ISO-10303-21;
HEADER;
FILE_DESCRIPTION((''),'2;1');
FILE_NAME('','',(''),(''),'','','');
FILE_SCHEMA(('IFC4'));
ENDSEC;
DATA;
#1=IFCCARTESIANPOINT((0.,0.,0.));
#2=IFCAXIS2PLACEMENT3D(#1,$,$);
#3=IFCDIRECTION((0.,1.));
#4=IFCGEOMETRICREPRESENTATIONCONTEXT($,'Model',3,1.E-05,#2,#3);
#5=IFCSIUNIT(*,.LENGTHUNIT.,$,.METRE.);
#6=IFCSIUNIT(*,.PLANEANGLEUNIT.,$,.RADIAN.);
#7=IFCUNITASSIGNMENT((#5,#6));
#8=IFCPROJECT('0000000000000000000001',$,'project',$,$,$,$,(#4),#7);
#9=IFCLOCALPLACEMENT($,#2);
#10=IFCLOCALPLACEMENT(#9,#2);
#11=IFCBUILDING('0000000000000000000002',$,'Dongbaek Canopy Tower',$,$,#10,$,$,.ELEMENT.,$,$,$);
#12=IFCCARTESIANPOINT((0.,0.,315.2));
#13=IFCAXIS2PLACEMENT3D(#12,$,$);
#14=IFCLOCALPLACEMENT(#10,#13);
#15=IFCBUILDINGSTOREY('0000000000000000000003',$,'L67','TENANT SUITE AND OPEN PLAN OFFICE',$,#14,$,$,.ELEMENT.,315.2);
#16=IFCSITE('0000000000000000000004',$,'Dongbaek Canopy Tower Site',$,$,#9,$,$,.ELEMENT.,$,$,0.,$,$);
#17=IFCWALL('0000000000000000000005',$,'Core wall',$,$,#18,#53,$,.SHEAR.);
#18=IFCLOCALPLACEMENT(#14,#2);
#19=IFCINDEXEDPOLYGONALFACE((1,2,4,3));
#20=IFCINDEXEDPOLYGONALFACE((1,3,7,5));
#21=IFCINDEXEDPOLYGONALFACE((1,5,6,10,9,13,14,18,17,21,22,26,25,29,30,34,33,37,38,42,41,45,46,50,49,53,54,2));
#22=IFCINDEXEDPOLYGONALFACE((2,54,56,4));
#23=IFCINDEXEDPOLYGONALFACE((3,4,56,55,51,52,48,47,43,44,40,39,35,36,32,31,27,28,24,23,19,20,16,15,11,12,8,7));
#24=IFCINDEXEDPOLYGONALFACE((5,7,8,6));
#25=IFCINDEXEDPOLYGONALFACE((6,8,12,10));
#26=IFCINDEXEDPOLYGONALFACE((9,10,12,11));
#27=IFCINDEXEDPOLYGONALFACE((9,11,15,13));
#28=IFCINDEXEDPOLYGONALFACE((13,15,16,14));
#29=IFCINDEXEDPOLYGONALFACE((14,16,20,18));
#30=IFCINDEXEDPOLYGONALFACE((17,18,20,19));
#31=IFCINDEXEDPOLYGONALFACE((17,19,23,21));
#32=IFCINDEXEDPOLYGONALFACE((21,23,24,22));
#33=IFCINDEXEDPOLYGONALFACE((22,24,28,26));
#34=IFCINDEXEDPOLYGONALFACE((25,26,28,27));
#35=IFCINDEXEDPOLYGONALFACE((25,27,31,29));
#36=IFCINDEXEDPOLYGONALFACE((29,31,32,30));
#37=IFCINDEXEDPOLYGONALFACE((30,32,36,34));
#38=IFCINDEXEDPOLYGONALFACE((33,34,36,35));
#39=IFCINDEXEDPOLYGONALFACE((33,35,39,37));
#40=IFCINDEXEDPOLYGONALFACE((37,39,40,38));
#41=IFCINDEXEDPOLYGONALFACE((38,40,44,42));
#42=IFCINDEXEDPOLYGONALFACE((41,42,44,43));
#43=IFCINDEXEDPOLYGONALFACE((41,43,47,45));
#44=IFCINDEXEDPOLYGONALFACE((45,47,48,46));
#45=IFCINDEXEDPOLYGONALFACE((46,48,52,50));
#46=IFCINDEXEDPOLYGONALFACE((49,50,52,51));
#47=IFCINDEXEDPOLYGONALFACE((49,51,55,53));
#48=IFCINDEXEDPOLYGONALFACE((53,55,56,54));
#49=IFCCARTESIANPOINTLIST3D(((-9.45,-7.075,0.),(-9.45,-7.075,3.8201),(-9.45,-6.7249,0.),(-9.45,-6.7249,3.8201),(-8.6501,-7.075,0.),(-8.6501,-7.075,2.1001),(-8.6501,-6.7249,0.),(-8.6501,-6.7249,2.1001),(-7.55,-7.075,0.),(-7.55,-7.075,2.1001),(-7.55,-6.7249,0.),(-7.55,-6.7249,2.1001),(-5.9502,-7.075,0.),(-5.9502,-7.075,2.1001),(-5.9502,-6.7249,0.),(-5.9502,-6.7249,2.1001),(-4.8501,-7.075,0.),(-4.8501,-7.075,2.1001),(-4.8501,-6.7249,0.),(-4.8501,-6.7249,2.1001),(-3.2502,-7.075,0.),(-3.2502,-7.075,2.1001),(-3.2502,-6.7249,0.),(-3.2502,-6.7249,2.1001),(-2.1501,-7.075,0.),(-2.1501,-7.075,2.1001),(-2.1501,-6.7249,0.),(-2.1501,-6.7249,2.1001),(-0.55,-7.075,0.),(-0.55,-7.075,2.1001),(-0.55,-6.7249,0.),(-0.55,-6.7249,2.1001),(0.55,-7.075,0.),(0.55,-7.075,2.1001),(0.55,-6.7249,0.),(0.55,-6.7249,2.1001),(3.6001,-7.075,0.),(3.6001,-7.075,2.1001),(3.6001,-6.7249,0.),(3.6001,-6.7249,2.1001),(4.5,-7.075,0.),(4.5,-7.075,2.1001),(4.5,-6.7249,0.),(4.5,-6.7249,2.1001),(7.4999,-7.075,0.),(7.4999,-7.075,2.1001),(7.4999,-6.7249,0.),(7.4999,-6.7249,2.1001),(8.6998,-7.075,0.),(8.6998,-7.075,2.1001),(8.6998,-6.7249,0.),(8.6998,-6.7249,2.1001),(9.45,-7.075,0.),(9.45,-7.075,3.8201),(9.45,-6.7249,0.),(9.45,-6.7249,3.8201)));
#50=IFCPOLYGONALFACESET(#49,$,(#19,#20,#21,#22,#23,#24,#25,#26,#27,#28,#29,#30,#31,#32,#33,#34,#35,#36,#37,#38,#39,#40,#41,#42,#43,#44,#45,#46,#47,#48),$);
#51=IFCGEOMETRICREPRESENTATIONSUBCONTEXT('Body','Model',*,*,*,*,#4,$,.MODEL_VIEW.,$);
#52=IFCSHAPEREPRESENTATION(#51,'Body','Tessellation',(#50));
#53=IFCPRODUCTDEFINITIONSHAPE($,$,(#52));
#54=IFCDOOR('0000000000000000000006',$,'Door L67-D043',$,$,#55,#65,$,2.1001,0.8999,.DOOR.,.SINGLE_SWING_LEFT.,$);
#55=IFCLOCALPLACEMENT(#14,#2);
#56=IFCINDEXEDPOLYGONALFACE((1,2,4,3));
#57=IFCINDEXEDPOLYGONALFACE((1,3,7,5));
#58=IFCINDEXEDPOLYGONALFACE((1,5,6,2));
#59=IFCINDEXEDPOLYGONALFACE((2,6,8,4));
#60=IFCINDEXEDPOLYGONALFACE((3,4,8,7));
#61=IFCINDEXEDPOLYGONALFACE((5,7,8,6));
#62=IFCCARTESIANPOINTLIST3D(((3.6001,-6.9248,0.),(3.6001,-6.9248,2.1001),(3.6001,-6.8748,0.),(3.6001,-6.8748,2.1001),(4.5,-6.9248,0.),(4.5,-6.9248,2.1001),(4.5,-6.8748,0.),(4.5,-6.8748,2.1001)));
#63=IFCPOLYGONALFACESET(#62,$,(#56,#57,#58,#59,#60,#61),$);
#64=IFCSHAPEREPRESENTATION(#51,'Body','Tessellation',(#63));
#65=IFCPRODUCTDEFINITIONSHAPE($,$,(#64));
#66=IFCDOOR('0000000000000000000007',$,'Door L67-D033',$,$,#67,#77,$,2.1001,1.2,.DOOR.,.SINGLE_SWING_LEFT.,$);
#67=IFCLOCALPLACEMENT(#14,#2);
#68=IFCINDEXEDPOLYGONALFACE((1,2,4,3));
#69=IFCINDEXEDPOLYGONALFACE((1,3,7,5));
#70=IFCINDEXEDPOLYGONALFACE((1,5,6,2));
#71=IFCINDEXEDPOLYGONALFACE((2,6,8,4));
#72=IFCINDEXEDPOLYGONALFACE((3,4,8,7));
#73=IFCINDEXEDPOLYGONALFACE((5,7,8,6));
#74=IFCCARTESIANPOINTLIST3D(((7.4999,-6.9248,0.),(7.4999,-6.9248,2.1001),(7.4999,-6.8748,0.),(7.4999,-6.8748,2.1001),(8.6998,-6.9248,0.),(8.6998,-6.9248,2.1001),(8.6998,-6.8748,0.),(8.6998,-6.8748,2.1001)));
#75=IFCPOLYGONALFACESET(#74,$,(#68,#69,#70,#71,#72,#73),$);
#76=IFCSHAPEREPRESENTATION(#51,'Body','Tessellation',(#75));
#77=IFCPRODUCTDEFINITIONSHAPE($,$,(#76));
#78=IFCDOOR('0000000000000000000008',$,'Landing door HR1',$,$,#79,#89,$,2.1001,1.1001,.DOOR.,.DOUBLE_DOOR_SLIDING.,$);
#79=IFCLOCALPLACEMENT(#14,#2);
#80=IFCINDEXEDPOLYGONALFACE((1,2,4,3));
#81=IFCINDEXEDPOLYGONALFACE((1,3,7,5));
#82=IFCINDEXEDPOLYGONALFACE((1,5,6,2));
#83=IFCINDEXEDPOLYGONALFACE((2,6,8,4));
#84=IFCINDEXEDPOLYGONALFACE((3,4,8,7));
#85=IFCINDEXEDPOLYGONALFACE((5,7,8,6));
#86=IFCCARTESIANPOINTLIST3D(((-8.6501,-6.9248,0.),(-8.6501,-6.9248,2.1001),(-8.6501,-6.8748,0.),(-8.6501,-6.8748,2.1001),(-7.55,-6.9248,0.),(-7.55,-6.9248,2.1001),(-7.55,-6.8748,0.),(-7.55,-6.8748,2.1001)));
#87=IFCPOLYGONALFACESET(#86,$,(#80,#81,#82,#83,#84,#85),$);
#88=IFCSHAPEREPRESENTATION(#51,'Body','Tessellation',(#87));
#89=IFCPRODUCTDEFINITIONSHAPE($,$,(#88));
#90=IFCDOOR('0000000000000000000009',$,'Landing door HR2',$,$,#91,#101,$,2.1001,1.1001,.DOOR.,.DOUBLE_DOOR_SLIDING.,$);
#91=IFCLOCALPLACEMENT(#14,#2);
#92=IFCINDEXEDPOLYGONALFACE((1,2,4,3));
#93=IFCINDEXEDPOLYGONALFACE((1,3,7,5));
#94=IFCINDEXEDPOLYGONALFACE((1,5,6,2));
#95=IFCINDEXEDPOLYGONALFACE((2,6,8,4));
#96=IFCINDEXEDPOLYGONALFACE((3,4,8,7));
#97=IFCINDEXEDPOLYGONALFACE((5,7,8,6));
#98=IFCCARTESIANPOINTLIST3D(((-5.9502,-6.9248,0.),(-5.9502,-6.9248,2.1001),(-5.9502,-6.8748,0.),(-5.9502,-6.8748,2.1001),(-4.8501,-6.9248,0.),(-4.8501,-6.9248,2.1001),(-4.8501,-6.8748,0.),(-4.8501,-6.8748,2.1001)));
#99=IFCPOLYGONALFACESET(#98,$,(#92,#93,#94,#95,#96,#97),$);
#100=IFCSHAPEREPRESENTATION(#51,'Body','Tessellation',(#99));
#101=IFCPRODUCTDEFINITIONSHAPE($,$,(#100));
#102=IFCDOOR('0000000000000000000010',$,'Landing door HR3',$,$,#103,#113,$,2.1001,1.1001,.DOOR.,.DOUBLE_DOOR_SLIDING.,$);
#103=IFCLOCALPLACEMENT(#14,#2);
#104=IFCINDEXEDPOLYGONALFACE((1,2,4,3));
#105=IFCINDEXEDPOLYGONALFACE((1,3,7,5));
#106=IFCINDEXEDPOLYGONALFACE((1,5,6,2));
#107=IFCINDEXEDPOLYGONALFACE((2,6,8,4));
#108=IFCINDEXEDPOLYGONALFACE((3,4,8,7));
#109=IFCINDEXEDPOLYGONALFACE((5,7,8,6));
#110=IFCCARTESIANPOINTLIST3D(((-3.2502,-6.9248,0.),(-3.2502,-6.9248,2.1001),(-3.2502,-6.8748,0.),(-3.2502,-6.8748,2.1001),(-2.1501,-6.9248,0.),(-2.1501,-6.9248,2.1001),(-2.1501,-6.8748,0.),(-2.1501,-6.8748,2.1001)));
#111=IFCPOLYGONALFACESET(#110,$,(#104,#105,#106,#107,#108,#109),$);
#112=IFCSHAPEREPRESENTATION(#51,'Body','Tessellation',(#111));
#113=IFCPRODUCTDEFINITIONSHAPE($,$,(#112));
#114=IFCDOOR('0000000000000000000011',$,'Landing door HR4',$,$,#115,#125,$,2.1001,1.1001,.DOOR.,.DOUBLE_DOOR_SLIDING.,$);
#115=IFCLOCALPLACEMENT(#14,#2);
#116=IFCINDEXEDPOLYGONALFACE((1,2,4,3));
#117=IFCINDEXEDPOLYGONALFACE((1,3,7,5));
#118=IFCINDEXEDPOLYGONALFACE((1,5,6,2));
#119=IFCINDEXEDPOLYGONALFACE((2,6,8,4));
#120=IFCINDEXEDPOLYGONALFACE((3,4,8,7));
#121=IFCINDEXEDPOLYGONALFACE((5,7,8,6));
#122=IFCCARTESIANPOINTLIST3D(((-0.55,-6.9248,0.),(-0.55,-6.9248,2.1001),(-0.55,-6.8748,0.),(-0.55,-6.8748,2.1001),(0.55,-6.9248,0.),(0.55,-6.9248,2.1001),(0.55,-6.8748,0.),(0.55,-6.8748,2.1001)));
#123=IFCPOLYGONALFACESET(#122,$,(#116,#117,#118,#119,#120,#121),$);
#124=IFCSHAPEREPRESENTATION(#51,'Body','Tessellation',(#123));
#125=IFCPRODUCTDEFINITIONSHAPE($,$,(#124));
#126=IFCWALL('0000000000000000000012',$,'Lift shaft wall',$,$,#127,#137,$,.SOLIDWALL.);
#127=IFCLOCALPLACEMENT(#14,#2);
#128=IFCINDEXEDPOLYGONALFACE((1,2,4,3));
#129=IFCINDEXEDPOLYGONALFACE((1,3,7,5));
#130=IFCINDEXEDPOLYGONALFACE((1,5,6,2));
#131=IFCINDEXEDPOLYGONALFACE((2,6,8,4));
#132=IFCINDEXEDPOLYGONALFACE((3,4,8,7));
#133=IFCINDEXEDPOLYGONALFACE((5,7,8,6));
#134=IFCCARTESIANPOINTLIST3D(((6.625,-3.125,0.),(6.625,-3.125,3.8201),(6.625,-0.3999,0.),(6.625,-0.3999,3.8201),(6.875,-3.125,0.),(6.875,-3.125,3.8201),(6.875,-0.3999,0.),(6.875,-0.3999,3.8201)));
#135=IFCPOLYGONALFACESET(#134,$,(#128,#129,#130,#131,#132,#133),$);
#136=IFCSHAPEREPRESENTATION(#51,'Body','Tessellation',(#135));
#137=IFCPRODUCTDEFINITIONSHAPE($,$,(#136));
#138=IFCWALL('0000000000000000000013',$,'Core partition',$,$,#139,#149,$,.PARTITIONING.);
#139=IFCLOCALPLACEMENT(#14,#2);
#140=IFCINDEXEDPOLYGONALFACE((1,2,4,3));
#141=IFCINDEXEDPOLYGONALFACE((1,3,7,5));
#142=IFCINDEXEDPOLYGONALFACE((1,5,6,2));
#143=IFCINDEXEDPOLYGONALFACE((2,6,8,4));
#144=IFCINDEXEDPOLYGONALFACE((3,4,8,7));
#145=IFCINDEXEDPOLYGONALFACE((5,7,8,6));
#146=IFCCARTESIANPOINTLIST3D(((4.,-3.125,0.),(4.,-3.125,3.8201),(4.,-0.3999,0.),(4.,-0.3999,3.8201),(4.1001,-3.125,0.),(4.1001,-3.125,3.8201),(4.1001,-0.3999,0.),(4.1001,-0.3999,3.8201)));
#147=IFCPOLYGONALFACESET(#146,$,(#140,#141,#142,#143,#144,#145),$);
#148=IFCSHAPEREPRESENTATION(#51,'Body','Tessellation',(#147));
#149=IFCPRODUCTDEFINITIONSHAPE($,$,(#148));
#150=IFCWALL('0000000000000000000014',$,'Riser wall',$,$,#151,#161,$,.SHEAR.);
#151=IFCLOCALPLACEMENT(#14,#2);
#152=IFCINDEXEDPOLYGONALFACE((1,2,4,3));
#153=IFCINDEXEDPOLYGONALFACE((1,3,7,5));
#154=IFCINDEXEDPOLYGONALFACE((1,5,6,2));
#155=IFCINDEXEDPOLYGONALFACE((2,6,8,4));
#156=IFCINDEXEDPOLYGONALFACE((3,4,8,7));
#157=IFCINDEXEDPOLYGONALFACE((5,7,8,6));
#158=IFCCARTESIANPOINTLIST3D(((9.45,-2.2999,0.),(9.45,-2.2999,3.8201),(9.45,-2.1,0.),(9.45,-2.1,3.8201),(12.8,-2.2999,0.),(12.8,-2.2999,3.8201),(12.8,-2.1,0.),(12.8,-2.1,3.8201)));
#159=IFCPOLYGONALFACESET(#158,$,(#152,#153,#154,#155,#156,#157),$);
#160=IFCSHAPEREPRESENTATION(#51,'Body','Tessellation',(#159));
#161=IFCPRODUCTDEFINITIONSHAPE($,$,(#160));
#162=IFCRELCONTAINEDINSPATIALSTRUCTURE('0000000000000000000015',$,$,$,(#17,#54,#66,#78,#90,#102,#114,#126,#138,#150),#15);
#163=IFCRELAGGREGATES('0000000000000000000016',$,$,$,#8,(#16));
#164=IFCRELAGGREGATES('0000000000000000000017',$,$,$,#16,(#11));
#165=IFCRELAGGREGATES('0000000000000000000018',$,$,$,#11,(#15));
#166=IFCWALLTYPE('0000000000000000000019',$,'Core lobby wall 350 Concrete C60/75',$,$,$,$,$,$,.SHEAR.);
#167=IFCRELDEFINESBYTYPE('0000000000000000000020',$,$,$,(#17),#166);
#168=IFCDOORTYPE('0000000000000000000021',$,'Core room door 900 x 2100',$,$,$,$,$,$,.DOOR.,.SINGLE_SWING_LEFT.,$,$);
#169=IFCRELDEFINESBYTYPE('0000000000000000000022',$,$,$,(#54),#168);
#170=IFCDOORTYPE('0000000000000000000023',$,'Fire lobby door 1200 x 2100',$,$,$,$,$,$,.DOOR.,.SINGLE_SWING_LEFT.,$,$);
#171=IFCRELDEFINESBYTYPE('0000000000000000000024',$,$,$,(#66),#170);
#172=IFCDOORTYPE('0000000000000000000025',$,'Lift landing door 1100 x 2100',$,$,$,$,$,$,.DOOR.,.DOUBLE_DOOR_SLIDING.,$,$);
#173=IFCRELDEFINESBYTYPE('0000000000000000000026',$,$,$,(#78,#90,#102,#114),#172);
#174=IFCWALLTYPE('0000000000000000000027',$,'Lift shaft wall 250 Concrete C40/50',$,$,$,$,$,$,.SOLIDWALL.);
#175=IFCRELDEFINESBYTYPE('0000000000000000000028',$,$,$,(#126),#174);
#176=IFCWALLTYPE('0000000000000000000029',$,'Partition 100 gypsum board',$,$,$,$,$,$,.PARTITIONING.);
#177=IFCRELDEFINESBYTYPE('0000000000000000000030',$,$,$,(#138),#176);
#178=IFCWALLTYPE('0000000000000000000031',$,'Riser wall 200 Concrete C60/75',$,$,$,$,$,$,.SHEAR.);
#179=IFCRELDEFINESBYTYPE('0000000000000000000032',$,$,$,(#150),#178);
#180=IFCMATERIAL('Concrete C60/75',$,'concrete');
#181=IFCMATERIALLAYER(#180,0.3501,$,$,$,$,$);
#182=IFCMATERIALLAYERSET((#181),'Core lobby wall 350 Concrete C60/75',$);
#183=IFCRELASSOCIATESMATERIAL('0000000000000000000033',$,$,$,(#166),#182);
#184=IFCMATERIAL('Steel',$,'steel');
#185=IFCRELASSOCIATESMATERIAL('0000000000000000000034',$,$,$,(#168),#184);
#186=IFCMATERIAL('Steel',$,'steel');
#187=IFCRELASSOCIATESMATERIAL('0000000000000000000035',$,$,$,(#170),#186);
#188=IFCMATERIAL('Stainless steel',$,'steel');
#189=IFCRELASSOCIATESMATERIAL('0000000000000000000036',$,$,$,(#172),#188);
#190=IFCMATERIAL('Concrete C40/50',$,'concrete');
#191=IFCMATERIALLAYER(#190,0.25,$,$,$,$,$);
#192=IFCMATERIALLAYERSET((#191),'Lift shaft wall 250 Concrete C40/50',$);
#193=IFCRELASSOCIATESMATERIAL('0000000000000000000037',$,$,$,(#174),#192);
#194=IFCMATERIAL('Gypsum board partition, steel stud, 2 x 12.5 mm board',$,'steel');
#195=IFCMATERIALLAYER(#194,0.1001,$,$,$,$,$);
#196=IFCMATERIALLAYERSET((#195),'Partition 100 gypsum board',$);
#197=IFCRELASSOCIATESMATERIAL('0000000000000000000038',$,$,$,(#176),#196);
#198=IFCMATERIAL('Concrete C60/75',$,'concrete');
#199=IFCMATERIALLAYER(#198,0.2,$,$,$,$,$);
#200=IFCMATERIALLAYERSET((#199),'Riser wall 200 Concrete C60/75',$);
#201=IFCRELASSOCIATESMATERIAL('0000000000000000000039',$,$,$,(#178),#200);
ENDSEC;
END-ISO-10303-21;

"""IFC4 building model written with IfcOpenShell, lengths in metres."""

from ifc_helpers import new_model, si_unit, direction, frame, frame_2d, origin, place, context, subcontext, project, spatial, rectangle, extrude, material, layer, layer_set, type_object, element, fill, save


model = new_model("IFC4")

# Units and contexts
model_context = context("Model", 3, precision=1e-05, world=origin(), true_north=direction((0.0, 1.0)))
body_context = subcontext(model_context, "Body", "Model", "MODEL_VIEW")
ifc_project = project(units=[si_unit("LENGTHUNIT", "METRE"), si_unit("PLANEANGLEUNIT", "RADIAN")], contexts=[model_context])

# Site, building, storey
site_placement = place(None, origin())
site = spatial("IfcSite", under=ifc_project, at=site_placement, Name="Dongbaek Canopy Tower Site", CompositionType="ELEMENT", RefElevation=0.0)
building_placement = place(site_placement, origin())
building = spatial("IfcBuilding", under=site, at=building_placement, Name="Dongbaek Canopy Tower", CompositionType="ELEMENT")
storey_placement = place(building_placement, frame((0.0, 0.0, 315.2)))
storey = spatial("IfcBuildingStorey", under=building, at=storey_placement, Name="L67", Description="TENANT SUITE AND OPEN PLAN OFFICE", CompositionType="ELEMENT", Elevation=315.2)

# Wall, openings, doors
ifc_material_1 = material(Name="Concrete C60/75", Category="concrete")
ifc_layer_1 = layer(ifc_material_1, 0.3501)
ifc_layer_set_1 = layer_set([ifc_layer_1], Name="Core lobby wall 350 Concrete C60/75")
wall_type_1 = type_object("IfcWallType", Name="Core lobby wall 350 Concrete C60/75", PredefinedType="SHEAR", material=ifc_layer_set_1)
wall_1_placement = place(storey_placement, frame((9.45, -6.8999, 0.0), z_axis=(0.0, 0.0, 1.0), x_axis=(-1.0, 0.0, 0.0)))
wall_1 = element("IfcWall", 1, at=wall_1_placement, inside=storey, type_object=wall_type_1, Name="Core wall", PredefinedType="SHEAR", context=body_context, shape_type="SweptSolid", body=[
    extrude(rectangle(XDim=18.8999, YDim=0.3501, at=frame_2d((9.45, 0.0))), origin(), (0.0, 0.0, 1.0), 3.8201),
])
opening_1_placement = place(wall_1_placement, frame((17.0, 0.0, 0.0)))
opening_1 = element("IfcOpeningElement", 2, at=opening_1_placement, cuts=wall_1, PredefinedType="OPENING", context=body_context, shape_type="SweptSolid", body=[
    extrude(rectangle(XDim=1.1001, YDim=2.1001, at=frame_2d((0.55, 1.05))), frame((0.0, 0.1851, 0.0), z_axis=(0.0, -1.0, 0.0), x_axis=(1.0, 0.0, 0.0)), (0.0, 0.0, 1.0), 0.3701),
])
opening_2_placement = place(wall_1_placement, frame((14.3, 0.0, 0.0)))
opening_2 = element("IfcOpeningElement", 3, at=opening_2_placement, cuts=wall_1, PredefinedType="OPENING", context=body_context, shape_type="SweptSolid", body=[
    extrude(rectangle(XDim=1.1001, YDim=2.1001, at=frame_2d((0.55, 1.05))), frame((0.0, 0.1851, 0.0), z_axis=(0.0, -1.0, 0.0), x_axis=(1.0, 0.0, 0.0)), (0.0, 0.0, 1.0), 0.3701),
])
opening_3_placement = place(wall_1_placement, frame((11.6001, 0.0, 0.0)))
opening_3 = element("IfcOpeningElement", 4, at=opening_3_placement, cuts=wall_1, PredefinedType="OPENING", context=body_context, shape_type="SweptSolid", body=[
    extrude(rectangle(XDim=1.1001, YDim=2.1001, at=frame_2d((0.55, 1.05))), frame((0.0, 0.1851, 0.0), z_axis=(0.0, -1.0, 0.0), x_axis=(1.0, 0.0, 0.0)), (0.0, 0.0, 1.0), 0.3701),
])
opening_4_placement = place(wall_1_placement, frame((8.8999, 0.0, 0.0)))
opening_4 = element("IfcOpeningElement", 5, at=opening_4_placement, cuts=wall_1, PredefinedType="OPENING", context=body_context, shape_type="SweptSolid", body=[
    extrude(rectangle(XDim=1.1001, YDim=2.1001, at=frame_2d((0.55, 1.05))), frame((0.0, 0.1851, 0.0), z_axis=(0.0, -1.0, 0.0), x_axis=(1.0, 0.0, 0.0)), (0.0, 0.0, 1.0), 0.3701),
])
opening_5_placement = place(wall_1_placement, frame((0.75, 0.0, 0.0)))
opening_5 = element("IfcOpeningElement", 6, at=opening_5_placement, cuts=wall_1, PredefinedType="OPENING", context=body_context, shape_type="SweptSolid", body=[
    extrude(rectangle(XDim=1.2, YDim=2.1001, at=frame_2d((0.6001, 1.05))), frame((0.0, 0.1851, 0.0), z_axis=(0.0, -1.0, 0.0), x_axis=(1.0, 0.0, 0.0)), (0.0, 0.0, 1.0), 0.3701),
])
opening_6_placement = place(wall_1_placement, frame((4.95, 0.0, 0.0)))
opening_6 = element("IfcOpeningElement", 7, at=opening_6_placement, cuts=wall_1, PredefinedType="OPENING", context=body_context, shape_type="SweptSolid", body=[
    extrude(rectangle(XDim=0.8999, YDim=2.1001, at=frame_2d((0.45, 1.05))), frame((0.0, 0.1851, 0.0), z_axis=(0.0, -1.0, 0.0), x_axis=(1.0, 0.0, 0.0)), (0.0, 0.0, 1.0), 0.3701),
])
ifc_material_2 = material(Name="Steel", Category="steel")
door_type_1 = type_object("IfcDoorType", Name="Core room door 900 x 2100", OperationType="SINGLE_SWING_LEFT", PredefinedType="DOOR", material=ifc_material_2)
door_1_placement = place(opening_6_placement, origin())
door_1 = element("IfcDoor", 8, at=door_1_placement, inside=storey, type_object=door_type_1, Name="Door L67-D043", OperationType="SINGLE_SWING_LEFT", OverallHeight=2.1001, OverallWidth=0.8999, PredefinedType="DOOR", context=body_context, shape_type="SweptSolid", body=[
    extrude(rectangle(XDim=0.8999, YDim=2.1001, at=frame_2d((0.45, 1.05))), frame((0.0, 0.0249, 0.0), z_axis=(0.0, -1.0, 0.0), x_axis=(1.0, 0.0, 0.0)), (0.0, 0.0, 1.0), 0.05),
])
fill(opening_6, door_1)
ifc_material_3 = material(Name="Steel", Category="steel")
door_type_2 = type_object("IfcDoorType", Name="Fire lobby door 1200 x 2100", OperationType="SINGLE_SWING_LEFT", PredefinedType="DOOR", material=ifc_material_3)
door_2_placement = place(opening_5_placement, origin())
door_2 = element("IfcDoor", 9, at=door_2_placement, inside=storey, type_object=door_type_2, Name="Door L67-D033", OperationType="SINGLE_SWING_LEFT", OverallHeight=2.1001, OverallWidth=1.2, PredefinedType="DOOR", context=body_context, shape_type="SweptSolid", body=[
    extrude(rectangle(XDim=1.2, YDim=2.1001, at=frame_2d((0.6001, 1.05))), frame((0.0, 0.0249, 0.0), z_axis=(0.0, -1.0, 0.0), x_axis=(1.0, 0.0, 0.0)), (0.0, 0.0, 1.0), 0.05),
])
fill(opening_5, door_2)
ifc_material_4 = material(Name="Stainless steel", Category="steel")
door_type_3 = type_object("IfcDoorType", Name="Lift landing door 1100 x 2100", OperationType="DOUBLE_DOOR_SLIDING", PredefinedType="DOOR", material=ifc_material_4)
door_3_placement = place(opening_1_placement, origin())
door_3 = element("IfcDoor", 10, at=door_3_placement, inside=storey, type_object=door_type_3, Name="Landing door HR1", OperationType="DOUBLE_DOOR_SLIDING", OverallHeight=2.1001, OverallWidth=1.1001, PredefinedType="DOOR", context=body_context, shape_type="SweptSolid", body=[
    extrude(rectangle(XDim=1.1001, YDim=2.1001, at=frame_2d((0.55, 1.05))), frame((0.0, 0.0249, 0.0), z_axis=(0.0, -1.0, 0.0), x_axis=(1.0, 0.0, 0.0)), (0.0, 0.0, 1.0), 0.05),
])
fill(opening_1, door_3)
door_4_placement = place(opening_2_placement, origin())
door_4 = element("IfcDoor", 11, at=door_4_placement, inside=storey, type_object=door_type_3, Name="Landing door HR2", OperationType="DOUBLE_DOOR_SLIDING", OverallHeight=2.1001, OverallWidth=1.1001, PredefinedType="DOOR", context=body_context, shape_type="SweptSolid", body=[
    extrude(rectangle(XDim=1.1001, YDim=2.1001, at=frame_2d((0.55, 1.05))), frame((0.0, 0.0249, 0.0), z_axis=(0.0, -1.0, 0.0), x_axis=(1.0, 0.0, 0.0)), (0.0, 0.0, 1.0), 0.05),
])
fill(opening_2, door_4)
door_5_placement = place(opening_3_placement, origin())
door_5 = element("IfcDoor", 12, at=door_5_placement, inside=storey, type_object=door_type_3, Name="Landing door HR3", OperationType="DOUBLE_DOOR_SLIDING", OverallHeight=2.1001, OverallWidth=1.1001, PredefinedType="DOOR", context=body_context, shape_type="SweptSolid", body=[
    extrude(rectangle(XDim=1.1001, YDim=2.1001, at=frame_2d((0.55, 1.05))), frame((0.0, 0.0249, 0.0), z_axis=(0.0, -1.0, 0.0), x_axis=(1.0, 0.0, 0.0)), (0.0, 0.0, 1.0), 0.05),
])
fill(opening_3, door_5)
door_6_placement = place(opening_4_placement, origin())
door_6 = element("IfcDoor", 13, at=door_6_placement, inside=storey, type_object=door_type_3, Name="Landing door HR4", OperationType="DOUBLE_DOOR_SLIDING", OverallHeight=2.1001, OverallWidth=1.1001, PredefinedType="DOOR", context=body_context, shape_type="SweptSolid", body=[
    extrude(rectangle(XDim=1.1001, YDim=2.1001, at=frame_2d((0.55, 1.05))), frame((0.0, 0.0249, 0.0), z_axis=(0.0, -1.0, 0.0), x_axis=(1.0, 0.0, 0.0)), (0.0, 0.0, 1.0), 0.05),
])
fill(opening_4, door_6)

# Walls
ifc_material_5 = material(Name="Concrete C40/50", Category="concrete")
ifc_layer_2 = layer(ifc_material_5, 0.25)
ifc_layer_set_2 = layer_set([ifc_layer_2], Name="Lift shaft wall 250 Concrete C40/50")
wall_type_2 = type_object("IfcWallType", Name="Lift shaft wall 250 Concrete C40/50", PredefinedType="SOLIDWALL", material=ifc_layer_set_2)
wall_2_placement = place(storey_placement, frame((6.75, -3.125, 0.0), z_axis=(0.0, 0.0, 1.0), x_axis=(0.0, 1.0, 0.0)))
element("IfcWall", 14, at=wall_2_placement, inside=storey, type_object=wall_type_2, Name="Lift shaft wall", PredefinedType="SOLIDWALL", context=body_context, shape_type="SweptSolid", body=[
    extrude(rectangle(XDim=2.7251, YDim=0.25, at=frame_2d((1.3625, 0.0))), origin(), (0.0, 0.0, 1.0), 3.8201),
])
ifc_material_6 = material(Name="Gypsum board partition, steel stud, 2 x 12.5 mm board", Category="steel")
ifc_layer_3 = layer(ifc_material_6, 0.1001)
ifc_layer_set_3 = layer_set([ifc_layer_3], Name="Partition 100 gypsum board")
wall_type_3 = type_object("IfcWallType", Name="Partition 100 gypsum board", PredefinedType="PARTITIONING", material=ifc_layer_set_3)
wall_3_placement = place(storey_placement, frame((4.05, -3.125, 0.0), z_axis=(0.0, 0.0, 1.0), x_axis=(0.0, 1.0, 0.0)))
element("IfcWall", 15, at=wall_3_placement, inside=storey, type_object=wall_type_3, Name="Core partition", PredefinedType="PARTITIONING", context=body_context, shape_type="SweptSolid", body=[
    extrude(rectangle(XDim=2.7251, YDim=0.1001, at=frame_2d((1.3625, 0.0))), origin(), (0.0, 0.0, 1.0), 3.8201),
])
ifc_material_7 = material(Name="Concrete C60/75", Category="concrete")
ifc_layer_4 = layer(ifc_material_7, 0.2)
ifc_layer_set_4 = layer_set([ifc_layer_4], Name="Riser wall 200 Concrete C60/75")
wall_type_4 = type_object("IfcWallType", Name="Riser wall 200 Concrete C60/75", PredefinedType="SHEAR", material=ifc_layer_set_4)
wall_4_placement = place(storey_placement, frame((9.45, -2.2, 0.0), z_axis=(0.0, 0.0, 1.0), x_axis=(1.0, 0.0, 0.0)))
element("IfcWall", 16, at=wall_4_placement, inside=storey, type_object=wall_type_4, Name="Riser wall", PredefinedType="SHEAR", context=body_context, shape_type="SweptSolid", body=[
    extrude(rectangle(XDim=3.3501, YDim=0.2, at=frame_2d((1.675, 0.0))), origin(), (0.0, 0.0, 1.0), 3.8201),
])

save(model, "model.ifc")
